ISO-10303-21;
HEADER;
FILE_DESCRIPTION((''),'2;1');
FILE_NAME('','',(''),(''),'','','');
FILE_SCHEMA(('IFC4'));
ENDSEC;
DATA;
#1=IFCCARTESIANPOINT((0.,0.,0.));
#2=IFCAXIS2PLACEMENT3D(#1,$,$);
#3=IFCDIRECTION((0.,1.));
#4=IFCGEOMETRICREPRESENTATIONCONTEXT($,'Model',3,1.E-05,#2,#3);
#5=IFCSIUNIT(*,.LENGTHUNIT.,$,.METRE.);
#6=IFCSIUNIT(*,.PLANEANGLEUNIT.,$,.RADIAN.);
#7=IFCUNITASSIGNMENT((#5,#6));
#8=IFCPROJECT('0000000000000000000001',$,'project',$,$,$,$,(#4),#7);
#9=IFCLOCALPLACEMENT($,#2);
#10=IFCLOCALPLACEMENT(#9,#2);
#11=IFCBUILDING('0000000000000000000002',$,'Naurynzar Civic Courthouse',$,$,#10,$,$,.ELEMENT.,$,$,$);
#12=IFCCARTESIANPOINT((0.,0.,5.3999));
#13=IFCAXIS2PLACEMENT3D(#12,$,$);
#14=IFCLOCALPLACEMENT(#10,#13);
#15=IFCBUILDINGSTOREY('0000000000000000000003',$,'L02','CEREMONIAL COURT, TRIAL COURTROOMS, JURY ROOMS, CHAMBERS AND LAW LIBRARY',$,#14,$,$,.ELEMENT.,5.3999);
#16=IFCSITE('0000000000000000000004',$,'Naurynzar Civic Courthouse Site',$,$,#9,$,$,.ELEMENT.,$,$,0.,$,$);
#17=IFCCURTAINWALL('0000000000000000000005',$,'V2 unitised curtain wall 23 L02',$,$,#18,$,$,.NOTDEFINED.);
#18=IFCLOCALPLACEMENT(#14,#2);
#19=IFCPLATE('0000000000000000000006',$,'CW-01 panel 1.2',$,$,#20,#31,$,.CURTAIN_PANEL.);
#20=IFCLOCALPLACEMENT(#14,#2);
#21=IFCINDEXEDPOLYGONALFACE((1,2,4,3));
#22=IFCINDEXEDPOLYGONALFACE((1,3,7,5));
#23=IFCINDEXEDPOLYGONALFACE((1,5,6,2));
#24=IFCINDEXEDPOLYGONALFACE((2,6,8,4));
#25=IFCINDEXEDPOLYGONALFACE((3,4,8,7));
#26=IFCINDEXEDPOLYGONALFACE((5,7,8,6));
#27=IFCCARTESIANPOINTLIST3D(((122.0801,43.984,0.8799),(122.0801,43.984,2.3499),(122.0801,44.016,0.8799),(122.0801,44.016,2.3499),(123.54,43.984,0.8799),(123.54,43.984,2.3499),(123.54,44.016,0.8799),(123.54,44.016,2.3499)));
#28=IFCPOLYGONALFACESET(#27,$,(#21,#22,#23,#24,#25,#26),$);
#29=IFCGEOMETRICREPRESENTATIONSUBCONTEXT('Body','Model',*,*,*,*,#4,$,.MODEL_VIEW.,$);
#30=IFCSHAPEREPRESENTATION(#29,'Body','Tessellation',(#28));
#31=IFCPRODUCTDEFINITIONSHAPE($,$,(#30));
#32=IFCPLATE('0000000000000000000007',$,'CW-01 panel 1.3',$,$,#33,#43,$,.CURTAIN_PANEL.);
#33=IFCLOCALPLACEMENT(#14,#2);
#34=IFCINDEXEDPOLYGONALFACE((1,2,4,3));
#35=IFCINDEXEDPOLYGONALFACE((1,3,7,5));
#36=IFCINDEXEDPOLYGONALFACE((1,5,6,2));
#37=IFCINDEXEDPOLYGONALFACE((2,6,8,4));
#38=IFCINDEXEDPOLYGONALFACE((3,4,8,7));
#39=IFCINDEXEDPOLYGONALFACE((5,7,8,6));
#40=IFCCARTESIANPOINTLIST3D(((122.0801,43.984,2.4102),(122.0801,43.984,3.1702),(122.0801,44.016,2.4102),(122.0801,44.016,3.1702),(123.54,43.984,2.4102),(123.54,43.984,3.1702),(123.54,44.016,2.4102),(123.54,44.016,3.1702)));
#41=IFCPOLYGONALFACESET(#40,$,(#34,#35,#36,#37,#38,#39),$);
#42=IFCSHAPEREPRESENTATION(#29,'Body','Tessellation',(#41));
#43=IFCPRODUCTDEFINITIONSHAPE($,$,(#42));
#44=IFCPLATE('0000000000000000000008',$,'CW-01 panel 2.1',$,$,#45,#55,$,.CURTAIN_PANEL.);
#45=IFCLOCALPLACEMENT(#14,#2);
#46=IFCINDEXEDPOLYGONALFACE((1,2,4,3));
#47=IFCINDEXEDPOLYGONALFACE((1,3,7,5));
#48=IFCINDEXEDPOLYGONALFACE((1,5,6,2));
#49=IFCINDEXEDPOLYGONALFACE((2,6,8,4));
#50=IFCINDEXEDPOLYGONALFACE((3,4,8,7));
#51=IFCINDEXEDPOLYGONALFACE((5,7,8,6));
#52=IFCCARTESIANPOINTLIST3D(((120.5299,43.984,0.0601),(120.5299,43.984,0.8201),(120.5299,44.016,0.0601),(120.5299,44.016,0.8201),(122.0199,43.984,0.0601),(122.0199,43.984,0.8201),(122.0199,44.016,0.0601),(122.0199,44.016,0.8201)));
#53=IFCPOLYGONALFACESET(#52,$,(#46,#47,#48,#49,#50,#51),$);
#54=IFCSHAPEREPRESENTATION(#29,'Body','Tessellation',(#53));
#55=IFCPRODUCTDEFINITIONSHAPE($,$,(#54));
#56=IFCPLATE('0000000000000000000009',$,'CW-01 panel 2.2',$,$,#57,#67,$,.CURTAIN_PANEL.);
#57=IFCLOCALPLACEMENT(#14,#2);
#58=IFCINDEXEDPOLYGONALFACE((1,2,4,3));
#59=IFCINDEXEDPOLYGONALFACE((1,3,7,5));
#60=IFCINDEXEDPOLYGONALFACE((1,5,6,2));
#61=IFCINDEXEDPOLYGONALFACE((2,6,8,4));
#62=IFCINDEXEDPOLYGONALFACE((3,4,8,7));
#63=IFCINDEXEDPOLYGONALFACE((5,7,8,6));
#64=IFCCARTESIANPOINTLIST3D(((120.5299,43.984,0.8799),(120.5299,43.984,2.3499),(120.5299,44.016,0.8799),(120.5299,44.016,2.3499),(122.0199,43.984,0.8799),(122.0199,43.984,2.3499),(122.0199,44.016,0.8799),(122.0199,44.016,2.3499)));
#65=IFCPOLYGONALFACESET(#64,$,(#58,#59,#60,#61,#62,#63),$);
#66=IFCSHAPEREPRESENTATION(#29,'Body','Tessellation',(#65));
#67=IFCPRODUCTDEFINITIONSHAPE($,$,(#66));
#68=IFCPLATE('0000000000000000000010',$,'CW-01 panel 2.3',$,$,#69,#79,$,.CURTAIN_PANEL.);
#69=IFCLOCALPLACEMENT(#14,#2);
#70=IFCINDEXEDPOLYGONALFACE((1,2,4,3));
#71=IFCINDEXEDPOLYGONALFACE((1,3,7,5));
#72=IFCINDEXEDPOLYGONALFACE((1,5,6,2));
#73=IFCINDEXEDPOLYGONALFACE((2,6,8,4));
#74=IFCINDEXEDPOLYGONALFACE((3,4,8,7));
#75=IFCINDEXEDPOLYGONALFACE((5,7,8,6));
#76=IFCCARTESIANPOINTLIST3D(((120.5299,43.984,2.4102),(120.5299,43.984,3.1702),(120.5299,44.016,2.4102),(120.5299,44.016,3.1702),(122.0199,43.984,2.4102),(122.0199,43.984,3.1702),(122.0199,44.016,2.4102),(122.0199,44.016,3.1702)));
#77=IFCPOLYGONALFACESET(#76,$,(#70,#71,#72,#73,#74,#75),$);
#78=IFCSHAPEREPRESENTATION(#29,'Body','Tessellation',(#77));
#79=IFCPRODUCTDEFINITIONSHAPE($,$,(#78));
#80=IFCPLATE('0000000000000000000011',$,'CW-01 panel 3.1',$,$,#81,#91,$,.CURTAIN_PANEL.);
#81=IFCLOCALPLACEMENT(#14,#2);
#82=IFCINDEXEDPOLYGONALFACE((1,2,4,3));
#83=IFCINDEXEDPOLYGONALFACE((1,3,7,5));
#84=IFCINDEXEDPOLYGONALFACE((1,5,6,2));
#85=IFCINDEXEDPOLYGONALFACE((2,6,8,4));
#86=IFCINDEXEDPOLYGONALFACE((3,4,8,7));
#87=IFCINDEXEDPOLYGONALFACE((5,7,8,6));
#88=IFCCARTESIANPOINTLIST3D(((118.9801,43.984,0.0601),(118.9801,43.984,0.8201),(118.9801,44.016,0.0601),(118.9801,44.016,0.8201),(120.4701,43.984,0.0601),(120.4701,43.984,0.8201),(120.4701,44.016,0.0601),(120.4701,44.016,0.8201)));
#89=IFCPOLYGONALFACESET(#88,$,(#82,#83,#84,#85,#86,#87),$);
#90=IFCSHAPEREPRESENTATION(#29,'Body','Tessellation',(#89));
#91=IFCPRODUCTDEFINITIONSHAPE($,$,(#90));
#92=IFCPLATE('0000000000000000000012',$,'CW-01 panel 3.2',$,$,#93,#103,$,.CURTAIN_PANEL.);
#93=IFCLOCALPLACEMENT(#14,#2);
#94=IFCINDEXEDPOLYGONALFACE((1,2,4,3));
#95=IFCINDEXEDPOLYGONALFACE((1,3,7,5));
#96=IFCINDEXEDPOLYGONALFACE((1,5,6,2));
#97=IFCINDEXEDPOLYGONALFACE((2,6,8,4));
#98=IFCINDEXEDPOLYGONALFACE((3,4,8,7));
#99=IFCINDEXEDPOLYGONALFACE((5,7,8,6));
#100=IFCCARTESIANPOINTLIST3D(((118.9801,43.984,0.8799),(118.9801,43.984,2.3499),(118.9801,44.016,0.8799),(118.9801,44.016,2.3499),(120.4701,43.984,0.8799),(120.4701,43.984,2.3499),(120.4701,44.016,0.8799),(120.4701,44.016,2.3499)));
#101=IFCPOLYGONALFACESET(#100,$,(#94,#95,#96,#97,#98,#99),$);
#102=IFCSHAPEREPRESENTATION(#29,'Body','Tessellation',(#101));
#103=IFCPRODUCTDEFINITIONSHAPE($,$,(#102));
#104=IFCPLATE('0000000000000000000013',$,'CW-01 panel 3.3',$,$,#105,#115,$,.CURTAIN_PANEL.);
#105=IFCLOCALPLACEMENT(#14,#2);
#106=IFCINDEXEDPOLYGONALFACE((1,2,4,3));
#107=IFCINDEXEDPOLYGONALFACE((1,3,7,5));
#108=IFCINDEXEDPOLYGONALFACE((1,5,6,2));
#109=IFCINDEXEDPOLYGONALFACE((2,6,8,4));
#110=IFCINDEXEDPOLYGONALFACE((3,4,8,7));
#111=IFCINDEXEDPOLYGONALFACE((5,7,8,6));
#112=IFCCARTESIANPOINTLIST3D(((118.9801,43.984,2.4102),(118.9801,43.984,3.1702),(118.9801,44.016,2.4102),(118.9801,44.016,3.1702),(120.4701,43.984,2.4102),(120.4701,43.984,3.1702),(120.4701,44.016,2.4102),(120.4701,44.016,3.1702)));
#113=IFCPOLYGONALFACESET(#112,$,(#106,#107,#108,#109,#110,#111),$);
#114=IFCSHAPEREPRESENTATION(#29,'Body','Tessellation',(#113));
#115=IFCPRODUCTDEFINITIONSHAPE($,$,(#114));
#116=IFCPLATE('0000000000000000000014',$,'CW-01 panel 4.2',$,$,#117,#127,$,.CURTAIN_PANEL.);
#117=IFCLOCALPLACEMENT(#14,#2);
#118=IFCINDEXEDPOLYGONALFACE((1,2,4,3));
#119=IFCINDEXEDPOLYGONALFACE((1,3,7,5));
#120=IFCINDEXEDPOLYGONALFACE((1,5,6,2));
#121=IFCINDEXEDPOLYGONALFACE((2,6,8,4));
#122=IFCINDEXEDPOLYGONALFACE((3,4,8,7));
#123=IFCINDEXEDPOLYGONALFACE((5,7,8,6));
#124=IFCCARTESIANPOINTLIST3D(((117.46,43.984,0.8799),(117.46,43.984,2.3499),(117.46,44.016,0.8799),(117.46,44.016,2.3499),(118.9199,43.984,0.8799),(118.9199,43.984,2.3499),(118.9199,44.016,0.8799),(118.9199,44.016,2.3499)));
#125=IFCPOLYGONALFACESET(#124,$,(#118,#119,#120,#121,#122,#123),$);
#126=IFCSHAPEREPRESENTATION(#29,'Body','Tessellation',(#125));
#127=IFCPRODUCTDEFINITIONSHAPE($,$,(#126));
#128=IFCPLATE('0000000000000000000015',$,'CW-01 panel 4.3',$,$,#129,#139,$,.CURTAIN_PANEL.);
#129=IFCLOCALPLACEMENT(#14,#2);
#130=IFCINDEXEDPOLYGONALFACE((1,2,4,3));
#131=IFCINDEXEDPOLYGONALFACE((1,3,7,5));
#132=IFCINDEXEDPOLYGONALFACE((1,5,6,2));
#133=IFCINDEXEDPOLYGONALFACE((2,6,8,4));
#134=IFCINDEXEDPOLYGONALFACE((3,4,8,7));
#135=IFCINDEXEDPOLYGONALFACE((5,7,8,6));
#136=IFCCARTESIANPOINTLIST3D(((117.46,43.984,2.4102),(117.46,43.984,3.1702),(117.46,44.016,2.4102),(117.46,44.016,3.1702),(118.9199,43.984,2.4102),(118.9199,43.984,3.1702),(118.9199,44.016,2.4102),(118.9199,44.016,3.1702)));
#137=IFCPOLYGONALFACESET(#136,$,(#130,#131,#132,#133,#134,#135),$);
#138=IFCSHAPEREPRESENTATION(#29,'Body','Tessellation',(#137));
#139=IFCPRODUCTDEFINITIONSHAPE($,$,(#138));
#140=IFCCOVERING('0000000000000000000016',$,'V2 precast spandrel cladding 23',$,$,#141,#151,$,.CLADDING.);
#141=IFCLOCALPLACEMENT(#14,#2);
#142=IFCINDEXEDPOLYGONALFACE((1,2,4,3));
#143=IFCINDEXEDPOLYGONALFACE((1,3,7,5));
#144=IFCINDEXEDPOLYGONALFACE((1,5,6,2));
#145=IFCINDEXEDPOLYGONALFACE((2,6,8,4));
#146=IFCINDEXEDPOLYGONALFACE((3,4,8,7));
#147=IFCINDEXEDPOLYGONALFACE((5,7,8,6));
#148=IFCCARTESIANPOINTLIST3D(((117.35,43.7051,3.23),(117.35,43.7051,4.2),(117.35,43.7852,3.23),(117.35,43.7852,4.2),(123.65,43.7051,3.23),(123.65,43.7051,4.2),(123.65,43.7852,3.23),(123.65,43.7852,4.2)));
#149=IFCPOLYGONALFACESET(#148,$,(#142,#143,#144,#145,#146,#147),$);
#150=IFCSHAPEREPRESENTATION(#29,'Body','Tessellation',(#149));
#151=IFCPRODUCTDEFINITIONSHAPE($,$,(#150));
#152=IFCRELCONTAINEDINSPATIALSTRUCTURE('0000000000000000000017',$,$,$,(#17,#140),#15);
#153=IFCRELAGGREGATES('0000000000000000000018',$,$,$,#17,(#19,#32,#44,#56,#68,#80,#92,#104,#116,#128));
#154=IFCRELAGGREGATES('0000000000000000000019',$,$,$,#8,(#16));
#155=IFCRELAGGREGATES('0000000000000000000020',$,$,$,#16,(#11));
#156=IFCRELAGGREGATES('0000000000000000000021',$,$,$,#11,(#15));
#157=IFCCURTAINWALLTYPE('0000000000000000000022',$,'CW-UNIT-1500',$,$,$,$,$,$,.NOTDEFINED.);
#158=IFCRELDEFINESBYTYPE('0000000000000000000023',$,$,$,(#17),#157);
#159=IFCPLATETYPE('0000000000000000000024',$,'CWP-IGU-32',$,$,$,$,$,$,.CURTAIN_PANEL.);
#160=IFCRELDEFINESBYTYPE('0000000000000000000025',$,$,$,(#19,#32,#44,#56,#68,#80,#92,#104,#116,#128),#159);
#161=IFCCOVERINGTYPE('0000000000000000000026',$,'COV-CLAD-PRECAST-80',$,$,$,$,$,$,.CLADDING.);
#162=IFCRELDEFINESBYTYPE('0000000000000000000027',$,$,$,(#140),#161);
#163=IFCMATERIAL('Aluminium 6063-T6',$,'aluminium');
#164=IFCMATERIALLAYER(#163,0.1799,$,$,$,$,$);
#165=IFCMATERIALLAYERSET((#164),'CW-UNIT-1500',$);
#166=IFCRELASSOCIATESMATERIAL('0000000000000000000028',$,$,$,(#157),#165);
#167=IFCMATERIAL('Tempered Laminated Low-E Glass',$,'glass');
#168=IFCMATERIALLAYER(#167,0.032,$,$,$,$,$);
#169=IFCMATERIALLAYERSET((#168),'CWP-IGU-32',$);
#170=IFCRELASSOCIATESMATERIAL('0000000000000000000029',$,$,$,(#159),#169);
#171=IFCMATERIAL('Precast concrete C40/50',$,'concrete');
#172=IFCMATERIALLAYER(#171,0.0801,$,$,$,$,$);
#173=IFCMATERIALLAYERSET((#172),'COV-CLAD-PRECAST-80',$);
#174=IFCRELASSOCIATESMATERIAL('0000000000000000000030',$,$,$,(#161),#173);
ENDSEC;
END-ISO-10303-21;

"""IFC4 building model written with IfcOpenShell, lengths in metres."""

from ifc_helpers import new_model, si_unit, direction, frame, origin, origin_2d, place, context, subcontext, project, spatial, rectangle, extrude, material, layer, layer_set, type_object, element, aggregate, save


model = new_model("IFC4")

# Units and contexts
model_context = context("Model", 3, precision=1e-05, world=origin(), true_north=direction((0.0, 1.0)))
body_context = subcontext(model_context, "Body", "Model", "MODEL_VIEW")
ifc_project = project(units=[si_unit("LENGTHUNIT", "METRE"), si_unit("PLANEANGLEUNIT", "RADIAN")], contexts=[model_context])

# Site, building, storey
site_placement = place(None, origin())
site = spatial("IfcSite", under=ifc_project, at=site_placement, Name="Naurynzar Civic Courthouse Site", CompositionType="ELEMENT", RefElevation=0.0)
building_placement = place(site_placement, origin())
building = spatial("IfcBuilding", under=site, at=building_placement, Name="Naurynzar Civic Courthouse", CompositionType="ELEMENT")
storey_placement = place(building_placement, frame((0.0, 0.0, 5.3999)))
storey = spatial("IfcBuildingStorey", under=building, at=storey_placement, Name="L02", Description="CEREMONIAL COURT, TRIAL COURTROOMS, JURY ROOMS, CHAMBERS AND LAW LIBRARY", CompositionType="ELEMENT", Elevation=5.3999)

# Curtain wall, plates
ifc_material_1 = material(Name="Aluminium 6063-T6", Category="aluminium")
ifc_layer_1 = layer(ifc_material_1, 0.1799)
ifc_layer_set_1 = layer_set([ifc_layer_1], Name="CW-UNIT-1500")
curtain_wall_type = type_object("IfcCurtainWallType", Name="CW-UNIT-1500", PredefinedType="NOTDEFINED", material=ifc_layer_set_1)
curtain_wall_placement = place(storey_placement, origin())
curtain_wall = element("IfcCurtainWall", 1, at=curtain_wall_placement, inside=storey, type_object=curtain_wall_type, Name="V2 unitised curtain wall 23 L02", PredefinedType="NOTDEFINED")
ifc_material_2 = material(Name="Tempered Laminated Low-E Glass", Category="glass")
ifc_layer_2 = layer(ifc_material_2, 0.032)
ifc_layer_set_2 = layer_set([ifc_layer_2], Name="CWP-IGU-32")
plate_type = type_object("IfcPlateType", Name="CWP-IGU-32", PredefinedType="CURTAIN_PANEL", material=ifc_layer_set_2)
plate_1_placement = place(storey_placement, frame((122.8101, 44.0, 0.8799), z_axis=(0.0, 0.0, 1.0), x_axis=(-1.0, 0.0, 0.0)))
plate_1 = element("IfcPlate", 2, at=plate_1_placement, type_object=plate_type, Name="CW-01 panel 1.2", PredefinedType="CURTAIN_PANEL", context=body_context, shape_type="SweptSolid", body=[
    extrude(rectangle(XDim=1.46, YDim=0.032, at=origin_2d()), origin(), (0.0, 0.0, 1.0), 1.47),
])
plate_2_placement = place(storey_placement, frame((122.8101, 44.0, 2.4102), z_axis=(0.0, 0.0, 1.0), x_axis=(-1.0, 0.0, 0.0)))
plate_2 = element("IfcPlate", 3, at=plate_2_placement, type_object=plate_type, Name="CW-01 panel 1.3", PredefinedType="CURTAIN_PANEL", context=body_context, shape_type="SweptSolid", body=[
    extrude(rectangle(XDim=1.46, YDim=0.032, at=origin_2d()), origin(), (0.0, 0.0, 1.0), 0.76),
])
plate_3_placement = place(storey_placement, frame((121.2749, 44.0, 0.0601), z_axis=(0.0, 0.0, 1.0), x_axis=(-1.0, 0.0, 0.0)))
plate_3 = element("IfcPlate", 4, at=plate_3_placement, type_object=plate_type, Name="CW-01 panel 2.1", PredefinedType="CURTAIN_PANEL", context=body_context, shape_type="SweptSolid", body=[
    extrude(rectangle(XDim=1.49, YDim=0.032, at=origin_2d()), origin(), (0.0, 0.0, 1.0), 0.76),
])
plate_4_placement = place(storey_placement, frame((121.2749, 44.0, 0.8799), z_axis=(0.0, 0.0, 1.0), x_axis=(-1.0, 0.0, 0.0)))
plate_4 = element("IfcPlate", 5, at=plate_4_placement, type_object=plate_type, Name="CW-01 panel 2.2", PredefinedType="CURTAIN_PANEL", context=body_context, shape_type="SweptSolid", body=[
    extrude(rectangle(XDim=1.49, YDim=0.032, at=origin_2d()), origin(), (0.0, 0.0, 1.0), 1.47),
])
plate_5_placement = place(storey_placement, frame((121.2749, 44.0, 2.4102), z_axis=(0.0, 0.0, 1.0), x_axis=(-1.0, 0.0, 0.0)))
plate_5 = element("IfcPlate", 6, at=plate_5_placement, type_object=plate_type, Name="CW-01 panel 2.3", PredefinedType="CURTAIN_PANEL", context=body_context, shape_type="SweptSolid", body=[
    extrude(rectangle(XDim=1.49, YDim=0.032, at=origin_2d()), origin(), (0.0, 0.0, 1.0), 0.76),
])
plate_6_placement = place(storey_placement, frame((119.7251, 44.0, 0.0601), z_axis=(0.0, 0.0, 1.0), x_axis=(-1.0, 0.0, 0.0)))
plate_6 = element("IfcPlate", 7, at=plate_6_placement, type_object=plate_type, Name="CW-01 panel 3.1", PredefinedType="CURTAIN_PANEL", context=body_context, shape_type="SweptSolid", body=[
    extrude(rectangle(XDim=1.49, YDim=0.032, at=origin_2d()), origin(), (0.0, 0.0, 1.0), 0.76),
])
plate_7_placement = place(storey_placement, frame((119.7251, 44.0, 0.8799), z_axis=(0.0, 0.0, 1.0), x_axis=(-1.0, 0.0, 0.0)))
plate_7 = element("IfcPlate", 8, at=plate_7_placement, type_object=plate_type, Name="CW-01 panel 3.2", PredefinedType="CURTAIN_PANEL", context=body_context, shape_type="SweptSolid", body=[
    extrude(rectangle(XDim=1.49, YDim=0.032, at=origin_2d()), origin(), (0.0, 0.0, 1.0), 1.47),
])
plate_8_placement = place(storey_placement, frame((119.7251, 44.0, 2.4102), z_axis=(0.0, 0.0, 1.0), x_axis=(-1.0, 0.0, 0.0)))
plate_8 = element("IfcPlate", 9, at=plate_8_placement, type_object=plate_type, Name="CW-01 panel 3.3", PredefinedType="CURTAIN_PANEL", context=body_context, shape_type="SweptSolid", body=[
    extrude(rectangle(XDim=1.49, YDim=0.032, at=origin_2d()), origin(), (0.0, 0.0, 1.0), 0.76),
])
plate_9_placement = place(storey_placement, frame((118.1899, 44.0, 0.8799), z_axis=(0.0, 0.0, 1.0), x_axis=(-1.0, 0.0, 0.0)))
plate_9 = element("IfcPlate", 10, at=plate_9_placement, type_object=plate_type, Name="CW-01 panel 4.2", PredefinedType="CURTAIN_PANEL", context=body_context, shape_type="SweptSolid", body=[
    extrude(rectangle(XDim=1.46, YDim=0.032, at=origin_2d()), origin(), (0.0, 0.0, 1.0), 1.47),
])
plate_10_placement = place(storey_placement, frame((118.1899, 44.0, 2.4102), z_axis=(0.0, 0.0, 1.0), x_axis=(-1.0, 0.0, 0.0)))
plate_10 = element("IfcPlate", 11, at=plate_10_placement, type_object=plate_type, Name="CW-01 panel 4.3", PredefinedType="CURTAIN_PANEL", context=body_context, shape_type="SweptSolid", body=[
    extrude(rectangle(XDim=1.46, YDim=0.032, at=origin_2d()), origin(), (0.0, 0.0, 1.0), 0.76),
])
aggregate(curtain_wall, [plate_1, plate_2, plate_3, plate_4, plate_5, plate_6, plate_7, plate_8, plate_9, plate_10])

# Covering
ifc_material_3 = material(Name="Precast concrete C40/50", Category="concrete")
ifc_layer_3 = layer(ifc_material_3, 0.0801)
ifc_layer_set_3 = layer_set([ifc_layer_3], Name="COV-CLAD-PRECAST-80")
covering_type = type_object("IfcCoveringType", Name="COV-CLAD-PRECAST-80", PredefinedType="CLADDING", material=ifc_layer_set_3)
covering_placement = place(storey_placement, frame((120.5, 43.7451, 3.23), z_axis=(0.0, 0.0, 1.0), x_axis=(-1.0, 0.0, 0.0)))
element("IfcCovering", 12, at=covering_placement, inside=storey, type_object=covering_type, Name="V2 precast spandrel cladding 23", PredefinedType="CLADDING", context=body_context, shape_type="SweptSolid", body=[
    extrude(rectangle(XDim=6.3, YDim=0.0801, at=origin_2d()), origin(), (0.0, 0.0, 1.0), 0.97),
])

save(model, "model.ifc")
